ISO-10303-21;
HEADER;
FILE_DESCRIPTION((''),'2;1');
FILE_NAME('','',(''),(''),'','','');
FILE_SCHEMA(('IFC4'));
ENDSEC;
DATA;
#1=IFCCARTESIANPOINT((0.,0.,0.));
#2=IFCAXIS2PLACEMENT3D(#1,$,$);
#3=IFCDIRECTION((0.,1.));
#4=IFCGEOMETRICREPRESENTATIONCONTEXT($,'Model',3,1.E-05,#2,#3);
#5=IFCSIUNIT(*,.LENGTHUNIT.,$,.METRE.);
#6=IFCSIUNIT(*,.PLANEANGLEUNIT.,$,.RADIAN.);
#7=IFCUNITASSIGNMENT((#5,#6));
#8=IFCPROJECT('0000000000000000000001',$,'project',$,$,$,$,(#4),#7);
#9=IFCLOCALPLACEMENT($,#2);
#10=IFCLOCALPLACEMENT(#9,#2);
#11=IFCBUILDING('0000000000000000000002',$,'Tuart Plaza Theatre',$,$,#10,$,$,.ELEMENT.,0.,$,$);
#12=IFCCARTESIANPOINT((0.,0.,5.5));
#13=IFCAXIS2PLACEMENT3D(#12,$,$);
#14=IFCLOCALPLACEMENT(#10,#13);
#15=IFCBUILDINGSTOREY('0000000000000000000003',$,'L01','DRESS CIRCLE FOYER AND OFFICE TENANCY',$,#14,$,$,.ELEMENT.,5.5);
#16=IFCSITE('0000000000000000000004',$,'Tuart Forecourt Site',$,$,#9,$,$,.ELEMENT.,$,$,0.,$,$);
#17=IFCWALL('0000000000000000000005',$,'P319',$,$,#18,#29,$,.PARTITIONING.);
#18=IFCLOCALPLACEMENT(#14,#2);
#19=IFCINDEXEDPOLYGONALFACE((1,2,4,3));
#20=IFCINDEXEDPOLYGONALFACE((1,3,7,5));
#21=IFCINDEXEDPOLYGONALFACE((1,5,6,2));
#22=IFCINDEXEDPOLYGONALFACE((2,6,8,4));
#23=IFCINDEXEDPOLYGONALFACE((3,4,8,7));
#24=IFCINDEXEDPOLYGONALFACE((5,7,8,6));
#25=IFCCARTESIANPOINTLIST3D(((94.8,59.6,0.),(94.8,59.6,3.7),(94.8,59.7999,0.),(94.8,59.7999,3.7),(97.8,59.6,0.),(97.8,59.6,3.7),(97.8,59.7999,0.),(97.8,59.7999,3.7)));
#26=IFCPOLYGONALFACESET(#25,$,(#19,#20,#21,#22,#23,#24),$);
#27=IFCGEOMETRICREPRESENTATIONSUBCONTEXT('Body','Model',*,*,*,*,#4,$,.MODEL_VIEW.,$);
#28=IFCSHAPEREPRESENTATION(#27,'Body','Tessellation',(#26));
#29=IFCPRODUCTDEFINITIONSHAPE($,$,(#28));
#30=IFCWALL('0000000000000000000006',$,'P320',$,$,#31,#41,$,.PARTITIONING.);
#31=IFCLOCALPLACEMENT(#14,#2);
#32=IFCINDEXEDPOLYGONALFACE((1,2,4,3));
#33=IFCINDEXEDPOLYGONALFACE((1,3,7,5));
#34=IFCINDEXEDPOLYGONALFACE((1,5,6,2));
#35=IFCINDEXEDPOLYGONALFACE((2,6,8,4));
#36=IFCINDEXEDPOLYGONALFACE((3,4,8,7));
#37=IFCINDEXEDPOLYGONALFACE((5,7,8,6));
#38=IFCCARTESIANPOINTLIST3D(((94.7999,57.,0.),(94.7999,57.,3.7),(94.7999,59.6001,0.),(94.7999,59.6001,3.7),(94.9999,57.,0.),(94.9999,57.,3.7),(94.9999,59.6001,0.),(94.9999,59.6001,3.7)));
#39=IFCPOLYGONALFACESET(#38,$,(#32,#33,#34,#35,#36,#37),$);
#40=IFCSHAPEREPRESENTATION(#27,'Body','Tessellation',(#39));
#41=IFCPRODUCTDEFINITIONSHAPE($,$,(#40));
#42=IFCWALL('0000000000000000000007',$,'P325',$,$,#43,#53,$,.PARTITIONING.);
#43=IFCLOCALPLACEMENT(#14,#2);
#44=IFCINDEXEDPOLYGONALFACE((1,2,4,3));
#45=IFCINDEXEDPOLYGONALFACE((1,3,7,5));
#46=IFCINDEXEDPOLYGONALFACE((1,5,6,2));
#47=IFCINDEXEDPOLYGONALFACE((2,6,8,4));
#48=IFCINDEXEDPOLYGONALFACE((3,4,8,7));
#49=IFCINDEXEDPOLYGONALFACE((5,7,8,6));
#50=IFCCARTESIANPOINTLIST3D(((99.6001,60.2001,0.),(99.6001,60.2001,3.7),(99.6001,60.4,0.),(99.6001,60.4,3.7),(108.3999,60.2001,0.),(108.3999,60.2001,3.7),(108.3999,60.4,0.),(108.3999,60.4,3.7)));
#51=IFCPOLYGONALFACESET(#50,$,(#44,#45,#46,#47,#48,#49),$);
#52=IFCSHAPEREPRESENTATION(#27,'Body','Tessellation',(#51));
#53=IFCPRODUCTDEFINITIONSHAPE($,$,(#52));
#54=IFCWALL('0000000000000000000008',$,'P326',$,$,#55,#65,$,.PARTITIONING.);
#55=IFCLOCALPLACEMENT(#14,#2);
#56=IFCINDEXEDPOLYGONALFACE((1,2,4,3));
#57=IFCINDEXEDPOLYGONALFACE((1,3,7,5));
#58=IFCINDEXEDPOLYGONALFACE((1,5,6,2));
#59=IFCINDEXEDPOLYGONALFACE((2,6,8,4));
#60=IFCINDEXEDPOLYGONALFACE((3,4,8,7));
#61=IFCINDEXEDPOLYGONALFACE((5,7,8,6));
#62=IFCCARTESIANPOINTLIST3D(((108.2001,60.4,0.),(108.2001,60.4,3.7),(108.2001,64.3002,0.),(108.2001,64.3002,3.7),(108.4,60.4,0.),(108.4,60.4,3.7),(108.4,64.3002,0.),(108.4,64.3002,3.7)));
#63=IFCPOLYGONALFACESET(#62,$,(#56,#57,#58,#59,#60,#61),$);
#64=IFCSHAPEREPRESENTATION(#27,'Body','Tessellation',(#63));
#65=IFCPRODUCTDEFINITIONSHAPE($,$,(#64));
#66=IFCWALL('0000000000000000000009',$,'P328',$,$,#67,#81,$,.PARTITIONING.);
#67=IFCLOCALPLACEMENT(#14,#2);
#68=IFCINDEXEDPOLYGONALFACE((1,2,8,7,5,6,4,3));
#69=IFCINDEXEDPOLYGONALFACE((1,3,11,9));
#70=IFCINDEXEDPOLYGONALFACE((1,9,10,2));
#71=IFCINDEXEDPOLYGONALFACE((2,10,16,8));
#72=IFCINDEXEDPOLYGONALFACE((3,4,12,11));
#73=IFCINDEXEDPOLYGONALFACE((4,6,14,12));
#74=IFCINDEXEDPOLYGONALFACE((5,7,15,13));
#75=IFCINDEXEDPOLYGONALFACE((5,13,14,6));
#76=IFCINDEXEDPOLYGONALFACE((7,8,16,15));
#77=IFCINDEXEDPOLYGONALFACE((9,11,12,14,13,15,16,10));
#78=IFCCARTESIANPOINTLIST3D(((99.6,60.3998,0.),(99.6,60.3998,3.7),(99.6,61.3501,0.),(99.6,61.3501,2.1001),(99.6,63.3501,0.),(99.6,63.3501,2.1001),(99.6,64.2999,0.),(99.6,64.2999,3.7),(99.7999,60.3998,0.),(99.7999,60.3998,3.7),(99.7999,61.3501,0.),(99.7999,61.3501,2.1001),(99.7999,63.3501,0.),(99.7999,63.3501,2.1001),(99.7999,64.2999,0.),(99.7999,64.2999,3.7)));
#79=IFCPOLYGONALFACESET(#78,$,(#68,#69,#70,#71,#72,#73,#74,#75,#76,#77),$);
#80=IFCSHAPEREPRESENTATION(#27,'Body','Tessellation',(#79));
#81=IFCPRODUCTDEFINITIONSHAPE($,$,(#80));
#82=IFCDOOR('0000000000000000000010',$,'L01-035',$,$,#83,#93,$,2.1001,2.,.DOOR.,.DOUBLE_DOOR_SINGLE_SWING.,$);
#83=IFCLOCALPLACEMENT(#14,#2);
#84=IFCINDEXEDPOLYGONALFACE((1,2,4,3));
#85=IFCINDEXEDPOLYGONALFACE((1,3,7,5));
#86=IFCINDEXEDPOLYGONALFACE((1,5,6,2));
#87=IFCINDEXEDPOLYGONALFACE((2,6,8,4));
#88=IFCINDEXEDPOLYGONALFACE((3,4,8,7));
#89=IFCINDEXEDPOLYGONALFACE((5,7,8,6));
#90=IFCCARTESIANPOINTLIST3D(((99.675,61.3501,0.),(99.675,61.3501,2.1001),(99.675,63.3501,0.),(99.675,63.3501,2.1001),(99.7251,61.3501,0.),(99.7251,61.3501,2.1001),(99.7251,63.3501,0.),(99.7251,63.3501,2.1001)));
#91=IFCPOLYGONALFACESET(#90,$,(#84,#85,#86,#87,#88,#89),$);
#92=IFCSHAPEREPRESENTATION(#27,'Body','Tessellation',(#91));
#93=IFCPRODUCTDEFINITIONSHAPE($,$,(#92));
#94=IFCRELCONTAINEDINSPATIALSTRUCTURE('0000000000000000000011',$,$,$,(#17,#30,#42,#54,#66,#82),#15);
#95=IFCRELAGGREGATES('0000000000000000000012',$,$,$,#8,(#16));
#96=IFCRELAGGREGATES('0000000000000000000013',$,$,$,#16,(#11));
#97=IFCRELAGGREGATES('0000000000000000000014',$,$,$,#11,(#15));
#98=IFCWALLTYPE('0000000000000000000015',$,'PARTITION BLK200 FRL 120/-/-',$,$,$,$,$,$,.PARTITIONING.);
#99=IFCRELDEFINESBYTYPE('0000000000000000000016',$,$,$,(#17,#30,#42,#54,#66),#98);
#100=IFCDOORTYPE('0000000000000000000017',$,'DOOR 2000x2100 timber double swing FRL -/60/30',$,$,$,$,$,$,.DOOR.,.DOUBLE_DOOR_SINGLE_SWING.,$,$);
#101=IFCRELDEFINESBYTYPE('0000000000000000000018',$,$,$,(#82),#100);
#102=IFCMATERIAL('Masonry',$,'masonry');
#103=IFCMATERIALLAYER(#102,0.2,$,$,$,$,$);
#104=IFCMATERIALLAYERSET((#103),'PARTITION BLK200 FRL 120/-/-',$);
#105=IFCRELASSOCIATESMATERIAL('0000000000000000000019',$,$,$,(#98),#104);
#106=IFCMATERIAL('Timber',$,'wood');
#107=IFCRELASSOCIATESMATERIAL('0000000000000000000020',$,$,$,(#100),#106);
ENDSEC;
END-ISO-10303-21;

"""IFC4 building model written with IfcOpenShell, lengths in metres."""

from ifc_helpers import new_model, si_unit, direction, frame, frame_2d, origin, place, context, subcontext, project, spatial, rectangle, extrude, material, layer, layer_set, type_object, element, fill, save


model = new_model("IFC4")

# Units and contexts
model_context = context("Model", 3, precision=1e-05, world=origin(), true_north=direction((0.0, 1.0)))
body_context = subcontext(model_context, "Body", "Model", "MODEL_VIEW")
ifc_project = project(units=[si_unit("LENGTHUNIT", "METRE"), si_unit("PLANEANGLEUNIT", "RADIAN")], contexts=[model_context])

# Site, building, storey
site_placement = place(None, origin())
site = spatial("IfcSite", under=ifc_project, at=site_placement, Name="Tuart Forecourt Site", CompositionType="ELEMENT", RefElevation=0.0)
building_placement = place(site_placement, origin())
building = spatial("IfcBuilding", under=site, at=building_placement, Name="Tuart Plaza Theatre", CompositionType="ELEMENT", ElevationOfRefHeight=0.0)
storey_placement = place(building_placement, frame((0.0, 0.0, 5.5)))
storey = spatial("IfcBuildingStorey", under=building, at=storey_placement, Name="L01", Description="DRESS CIRCLE FOYER AND OFFICE TENANCY", CompositionType="ELEMENT", Elevation=5.5)

# Shared definitions
ifc_material_1 = material(Name="Masonry", Category="masonry")
ifc_layer_1 = layer(ifc_material_1, 0.2)
ifc_layer_set_1 = layer_set([ifc_layer_1], Name="PARTITION BLK200 FRL 120/-/-")
wall_type = type_object("IfcWallType", Name="PARTITION BLK200 FRL 120/-/-", PredefinedType="PARTITIONING", material=ifc_layer_set_1)

# Walls
wall_1_placement = place(storey_placement, frame((97.8, 59.7, 0.0), z_axis=(0.0, 0.0, 1.0), x_axis=(-1.0, 0.0, 0.0)))
element("IfcWall", 1, at=wall_1_placement, inside=storey, type_object=wall_type, Name="P319", PredefinedType="PARTITIONING", context=body_context, shape_type="SweptSolid", body=[
    extrude(rectangle(XDim=3.0, YDim=0.2, at=frame_2d((1.5, 0.0))), origin(), (0.0, 0.0, 1.0), 3.7),
])
wall_2_placement = place(storey_placement, frame((94.8999, 59.6001, 0.0), z_axis=(0.0, 0.0, 1.0), x_axis=(0.0, -1.0, 0.0)))
element("IfcWall", 2, at=wall_2_placement, inside=storey, type_object=wall_type, Name="P320", PredefinedType="PARTITIONING", context=body_context, shape_type="SweptSolid", body=[
    extrude(rectangle(XDim=2.6001, YDim=0.2, at=frame_2d((1.3, 0.0))), origin(), (0.0, 0.0, 1.0), 3.7),
])
wall_3_placement = place(storey_placement, frame((99.6001, 60.3, 0.0), z_axis=(0.0, 0.0, 1.0), x_axis=(1.0, 0.0, 0.0)))
element("IfcWall", 3, at=wall_3_placement, inside=storey, type_object=wall_type, Name="P325", PredefinedType="PARTITIONING", context=body_context, shape_type="SweptSolid", body=[
    extrude(rectangle(XDim=8.7998, YDim=0.2, at=frame_2d((4.3999, 0.0))), origin(), (0.0, 0.0, 1.0), 3.7),
])
wall_4_placement = place(storey_placement, frame((108.3, 60.3999, 0.0), z_axis=(0.0, 0.0, 1.0), x_axis=(0.0, 1.0, 0.0)))
element("IfcWall", 4, at=wall_4_placement, inside=storey, type_object=wall_type, Name="P326", PredefinedType="PARTITIONING", context=body_context, shape_type="SweptSolid", body=[
    extrude(rectangle(XDim=3.9001, YDim=0.2, at=frame_2d((1.9502, 0.0))), origin(), (0.0, 0.0, 1.0), 3.7),
])

# Wall, opening, door
wall_5_placement = place(storey_placement, frame((99.7, 64.3, 0.0), z_axis=(0.0, 0.0, 1.0), x_axis=(0.0, -1.0, 0.0)))
wall_5 = element("IfcWall", 5, at=wall_5_placement, inside=storey, type_object=wall_type, Name="P328", PredefinedType="PARTITIONING", context=body_context, shape_type="SweptSolid", body=[
    extrude(rectangle(XDim=3.9001, YDim=0.2, at=frame_2d((1.9502, 0.0))), origin(), (0.0, 0.0, 1.0), 3.7),
])
opening_1_placement = place(wall_5_placement, frame((0.95, 0.0, 0.0)))
opening_1 = element("IfcOpeningElement", 6, at=opening_1_placement, cuts=wall_5, PredefinedType="OPENING", context=body_context, shape_type="SweptSolid", body=[
    extrude(rectangle(XDim=2.0, YDim=2.1001, at=frame_2d((1.0, 1.05))), frame((0.0, 0.1099, 0.0), z_axis=(0.0, -1.0, 0.0), x_axis=(1.0, 0.0, 0.0)), (0.0, 0.0, 1.0), 0.22),
])
ifc_material_2 = material(Name="Timber", Category="wood")
door_type_1 = type_object("IfcDoorType", Name="DOOR 2000x2100 timber double swing FRL -/60/30", OperationType="DOUBLE_DOOR_SINGLE_SWING", PredefinedType="DOOR", material=ifc_material_2)
door_1_placement = place(opening_1_placement, frame((2.0, 0.0, 0.0), z_axis=(0.0, 0.0, 1.0), x_axis=(-1.0, 0.0, 0.0)))
door_1 = element("IfcDoor", 7, at=door_1_placement, inside=storey, type_object=door_type_1, Name="L01-035", OperationType="DOUBLE_DOOR_SINGLE_SWING", OverallHeight=2.1001, OverallWidth=2.0, PredefinedType="DOOR", context=body_context, shape_type="SweptSolid", body=[
    extrude(rectangle(XDim=2.0, YDim=2.1001, at=frame_2d((1.0, 1.05))), frame((0.0, 0.0249, 0.0), z_axis=(0.0, -1.0, 0.0), x_axis=(1.0, 0.0, 0.0)), (0.0, 0.0, 1.0), 0.05),
])
fill(opening_1, door_1)

save(model, "model.ifc")
